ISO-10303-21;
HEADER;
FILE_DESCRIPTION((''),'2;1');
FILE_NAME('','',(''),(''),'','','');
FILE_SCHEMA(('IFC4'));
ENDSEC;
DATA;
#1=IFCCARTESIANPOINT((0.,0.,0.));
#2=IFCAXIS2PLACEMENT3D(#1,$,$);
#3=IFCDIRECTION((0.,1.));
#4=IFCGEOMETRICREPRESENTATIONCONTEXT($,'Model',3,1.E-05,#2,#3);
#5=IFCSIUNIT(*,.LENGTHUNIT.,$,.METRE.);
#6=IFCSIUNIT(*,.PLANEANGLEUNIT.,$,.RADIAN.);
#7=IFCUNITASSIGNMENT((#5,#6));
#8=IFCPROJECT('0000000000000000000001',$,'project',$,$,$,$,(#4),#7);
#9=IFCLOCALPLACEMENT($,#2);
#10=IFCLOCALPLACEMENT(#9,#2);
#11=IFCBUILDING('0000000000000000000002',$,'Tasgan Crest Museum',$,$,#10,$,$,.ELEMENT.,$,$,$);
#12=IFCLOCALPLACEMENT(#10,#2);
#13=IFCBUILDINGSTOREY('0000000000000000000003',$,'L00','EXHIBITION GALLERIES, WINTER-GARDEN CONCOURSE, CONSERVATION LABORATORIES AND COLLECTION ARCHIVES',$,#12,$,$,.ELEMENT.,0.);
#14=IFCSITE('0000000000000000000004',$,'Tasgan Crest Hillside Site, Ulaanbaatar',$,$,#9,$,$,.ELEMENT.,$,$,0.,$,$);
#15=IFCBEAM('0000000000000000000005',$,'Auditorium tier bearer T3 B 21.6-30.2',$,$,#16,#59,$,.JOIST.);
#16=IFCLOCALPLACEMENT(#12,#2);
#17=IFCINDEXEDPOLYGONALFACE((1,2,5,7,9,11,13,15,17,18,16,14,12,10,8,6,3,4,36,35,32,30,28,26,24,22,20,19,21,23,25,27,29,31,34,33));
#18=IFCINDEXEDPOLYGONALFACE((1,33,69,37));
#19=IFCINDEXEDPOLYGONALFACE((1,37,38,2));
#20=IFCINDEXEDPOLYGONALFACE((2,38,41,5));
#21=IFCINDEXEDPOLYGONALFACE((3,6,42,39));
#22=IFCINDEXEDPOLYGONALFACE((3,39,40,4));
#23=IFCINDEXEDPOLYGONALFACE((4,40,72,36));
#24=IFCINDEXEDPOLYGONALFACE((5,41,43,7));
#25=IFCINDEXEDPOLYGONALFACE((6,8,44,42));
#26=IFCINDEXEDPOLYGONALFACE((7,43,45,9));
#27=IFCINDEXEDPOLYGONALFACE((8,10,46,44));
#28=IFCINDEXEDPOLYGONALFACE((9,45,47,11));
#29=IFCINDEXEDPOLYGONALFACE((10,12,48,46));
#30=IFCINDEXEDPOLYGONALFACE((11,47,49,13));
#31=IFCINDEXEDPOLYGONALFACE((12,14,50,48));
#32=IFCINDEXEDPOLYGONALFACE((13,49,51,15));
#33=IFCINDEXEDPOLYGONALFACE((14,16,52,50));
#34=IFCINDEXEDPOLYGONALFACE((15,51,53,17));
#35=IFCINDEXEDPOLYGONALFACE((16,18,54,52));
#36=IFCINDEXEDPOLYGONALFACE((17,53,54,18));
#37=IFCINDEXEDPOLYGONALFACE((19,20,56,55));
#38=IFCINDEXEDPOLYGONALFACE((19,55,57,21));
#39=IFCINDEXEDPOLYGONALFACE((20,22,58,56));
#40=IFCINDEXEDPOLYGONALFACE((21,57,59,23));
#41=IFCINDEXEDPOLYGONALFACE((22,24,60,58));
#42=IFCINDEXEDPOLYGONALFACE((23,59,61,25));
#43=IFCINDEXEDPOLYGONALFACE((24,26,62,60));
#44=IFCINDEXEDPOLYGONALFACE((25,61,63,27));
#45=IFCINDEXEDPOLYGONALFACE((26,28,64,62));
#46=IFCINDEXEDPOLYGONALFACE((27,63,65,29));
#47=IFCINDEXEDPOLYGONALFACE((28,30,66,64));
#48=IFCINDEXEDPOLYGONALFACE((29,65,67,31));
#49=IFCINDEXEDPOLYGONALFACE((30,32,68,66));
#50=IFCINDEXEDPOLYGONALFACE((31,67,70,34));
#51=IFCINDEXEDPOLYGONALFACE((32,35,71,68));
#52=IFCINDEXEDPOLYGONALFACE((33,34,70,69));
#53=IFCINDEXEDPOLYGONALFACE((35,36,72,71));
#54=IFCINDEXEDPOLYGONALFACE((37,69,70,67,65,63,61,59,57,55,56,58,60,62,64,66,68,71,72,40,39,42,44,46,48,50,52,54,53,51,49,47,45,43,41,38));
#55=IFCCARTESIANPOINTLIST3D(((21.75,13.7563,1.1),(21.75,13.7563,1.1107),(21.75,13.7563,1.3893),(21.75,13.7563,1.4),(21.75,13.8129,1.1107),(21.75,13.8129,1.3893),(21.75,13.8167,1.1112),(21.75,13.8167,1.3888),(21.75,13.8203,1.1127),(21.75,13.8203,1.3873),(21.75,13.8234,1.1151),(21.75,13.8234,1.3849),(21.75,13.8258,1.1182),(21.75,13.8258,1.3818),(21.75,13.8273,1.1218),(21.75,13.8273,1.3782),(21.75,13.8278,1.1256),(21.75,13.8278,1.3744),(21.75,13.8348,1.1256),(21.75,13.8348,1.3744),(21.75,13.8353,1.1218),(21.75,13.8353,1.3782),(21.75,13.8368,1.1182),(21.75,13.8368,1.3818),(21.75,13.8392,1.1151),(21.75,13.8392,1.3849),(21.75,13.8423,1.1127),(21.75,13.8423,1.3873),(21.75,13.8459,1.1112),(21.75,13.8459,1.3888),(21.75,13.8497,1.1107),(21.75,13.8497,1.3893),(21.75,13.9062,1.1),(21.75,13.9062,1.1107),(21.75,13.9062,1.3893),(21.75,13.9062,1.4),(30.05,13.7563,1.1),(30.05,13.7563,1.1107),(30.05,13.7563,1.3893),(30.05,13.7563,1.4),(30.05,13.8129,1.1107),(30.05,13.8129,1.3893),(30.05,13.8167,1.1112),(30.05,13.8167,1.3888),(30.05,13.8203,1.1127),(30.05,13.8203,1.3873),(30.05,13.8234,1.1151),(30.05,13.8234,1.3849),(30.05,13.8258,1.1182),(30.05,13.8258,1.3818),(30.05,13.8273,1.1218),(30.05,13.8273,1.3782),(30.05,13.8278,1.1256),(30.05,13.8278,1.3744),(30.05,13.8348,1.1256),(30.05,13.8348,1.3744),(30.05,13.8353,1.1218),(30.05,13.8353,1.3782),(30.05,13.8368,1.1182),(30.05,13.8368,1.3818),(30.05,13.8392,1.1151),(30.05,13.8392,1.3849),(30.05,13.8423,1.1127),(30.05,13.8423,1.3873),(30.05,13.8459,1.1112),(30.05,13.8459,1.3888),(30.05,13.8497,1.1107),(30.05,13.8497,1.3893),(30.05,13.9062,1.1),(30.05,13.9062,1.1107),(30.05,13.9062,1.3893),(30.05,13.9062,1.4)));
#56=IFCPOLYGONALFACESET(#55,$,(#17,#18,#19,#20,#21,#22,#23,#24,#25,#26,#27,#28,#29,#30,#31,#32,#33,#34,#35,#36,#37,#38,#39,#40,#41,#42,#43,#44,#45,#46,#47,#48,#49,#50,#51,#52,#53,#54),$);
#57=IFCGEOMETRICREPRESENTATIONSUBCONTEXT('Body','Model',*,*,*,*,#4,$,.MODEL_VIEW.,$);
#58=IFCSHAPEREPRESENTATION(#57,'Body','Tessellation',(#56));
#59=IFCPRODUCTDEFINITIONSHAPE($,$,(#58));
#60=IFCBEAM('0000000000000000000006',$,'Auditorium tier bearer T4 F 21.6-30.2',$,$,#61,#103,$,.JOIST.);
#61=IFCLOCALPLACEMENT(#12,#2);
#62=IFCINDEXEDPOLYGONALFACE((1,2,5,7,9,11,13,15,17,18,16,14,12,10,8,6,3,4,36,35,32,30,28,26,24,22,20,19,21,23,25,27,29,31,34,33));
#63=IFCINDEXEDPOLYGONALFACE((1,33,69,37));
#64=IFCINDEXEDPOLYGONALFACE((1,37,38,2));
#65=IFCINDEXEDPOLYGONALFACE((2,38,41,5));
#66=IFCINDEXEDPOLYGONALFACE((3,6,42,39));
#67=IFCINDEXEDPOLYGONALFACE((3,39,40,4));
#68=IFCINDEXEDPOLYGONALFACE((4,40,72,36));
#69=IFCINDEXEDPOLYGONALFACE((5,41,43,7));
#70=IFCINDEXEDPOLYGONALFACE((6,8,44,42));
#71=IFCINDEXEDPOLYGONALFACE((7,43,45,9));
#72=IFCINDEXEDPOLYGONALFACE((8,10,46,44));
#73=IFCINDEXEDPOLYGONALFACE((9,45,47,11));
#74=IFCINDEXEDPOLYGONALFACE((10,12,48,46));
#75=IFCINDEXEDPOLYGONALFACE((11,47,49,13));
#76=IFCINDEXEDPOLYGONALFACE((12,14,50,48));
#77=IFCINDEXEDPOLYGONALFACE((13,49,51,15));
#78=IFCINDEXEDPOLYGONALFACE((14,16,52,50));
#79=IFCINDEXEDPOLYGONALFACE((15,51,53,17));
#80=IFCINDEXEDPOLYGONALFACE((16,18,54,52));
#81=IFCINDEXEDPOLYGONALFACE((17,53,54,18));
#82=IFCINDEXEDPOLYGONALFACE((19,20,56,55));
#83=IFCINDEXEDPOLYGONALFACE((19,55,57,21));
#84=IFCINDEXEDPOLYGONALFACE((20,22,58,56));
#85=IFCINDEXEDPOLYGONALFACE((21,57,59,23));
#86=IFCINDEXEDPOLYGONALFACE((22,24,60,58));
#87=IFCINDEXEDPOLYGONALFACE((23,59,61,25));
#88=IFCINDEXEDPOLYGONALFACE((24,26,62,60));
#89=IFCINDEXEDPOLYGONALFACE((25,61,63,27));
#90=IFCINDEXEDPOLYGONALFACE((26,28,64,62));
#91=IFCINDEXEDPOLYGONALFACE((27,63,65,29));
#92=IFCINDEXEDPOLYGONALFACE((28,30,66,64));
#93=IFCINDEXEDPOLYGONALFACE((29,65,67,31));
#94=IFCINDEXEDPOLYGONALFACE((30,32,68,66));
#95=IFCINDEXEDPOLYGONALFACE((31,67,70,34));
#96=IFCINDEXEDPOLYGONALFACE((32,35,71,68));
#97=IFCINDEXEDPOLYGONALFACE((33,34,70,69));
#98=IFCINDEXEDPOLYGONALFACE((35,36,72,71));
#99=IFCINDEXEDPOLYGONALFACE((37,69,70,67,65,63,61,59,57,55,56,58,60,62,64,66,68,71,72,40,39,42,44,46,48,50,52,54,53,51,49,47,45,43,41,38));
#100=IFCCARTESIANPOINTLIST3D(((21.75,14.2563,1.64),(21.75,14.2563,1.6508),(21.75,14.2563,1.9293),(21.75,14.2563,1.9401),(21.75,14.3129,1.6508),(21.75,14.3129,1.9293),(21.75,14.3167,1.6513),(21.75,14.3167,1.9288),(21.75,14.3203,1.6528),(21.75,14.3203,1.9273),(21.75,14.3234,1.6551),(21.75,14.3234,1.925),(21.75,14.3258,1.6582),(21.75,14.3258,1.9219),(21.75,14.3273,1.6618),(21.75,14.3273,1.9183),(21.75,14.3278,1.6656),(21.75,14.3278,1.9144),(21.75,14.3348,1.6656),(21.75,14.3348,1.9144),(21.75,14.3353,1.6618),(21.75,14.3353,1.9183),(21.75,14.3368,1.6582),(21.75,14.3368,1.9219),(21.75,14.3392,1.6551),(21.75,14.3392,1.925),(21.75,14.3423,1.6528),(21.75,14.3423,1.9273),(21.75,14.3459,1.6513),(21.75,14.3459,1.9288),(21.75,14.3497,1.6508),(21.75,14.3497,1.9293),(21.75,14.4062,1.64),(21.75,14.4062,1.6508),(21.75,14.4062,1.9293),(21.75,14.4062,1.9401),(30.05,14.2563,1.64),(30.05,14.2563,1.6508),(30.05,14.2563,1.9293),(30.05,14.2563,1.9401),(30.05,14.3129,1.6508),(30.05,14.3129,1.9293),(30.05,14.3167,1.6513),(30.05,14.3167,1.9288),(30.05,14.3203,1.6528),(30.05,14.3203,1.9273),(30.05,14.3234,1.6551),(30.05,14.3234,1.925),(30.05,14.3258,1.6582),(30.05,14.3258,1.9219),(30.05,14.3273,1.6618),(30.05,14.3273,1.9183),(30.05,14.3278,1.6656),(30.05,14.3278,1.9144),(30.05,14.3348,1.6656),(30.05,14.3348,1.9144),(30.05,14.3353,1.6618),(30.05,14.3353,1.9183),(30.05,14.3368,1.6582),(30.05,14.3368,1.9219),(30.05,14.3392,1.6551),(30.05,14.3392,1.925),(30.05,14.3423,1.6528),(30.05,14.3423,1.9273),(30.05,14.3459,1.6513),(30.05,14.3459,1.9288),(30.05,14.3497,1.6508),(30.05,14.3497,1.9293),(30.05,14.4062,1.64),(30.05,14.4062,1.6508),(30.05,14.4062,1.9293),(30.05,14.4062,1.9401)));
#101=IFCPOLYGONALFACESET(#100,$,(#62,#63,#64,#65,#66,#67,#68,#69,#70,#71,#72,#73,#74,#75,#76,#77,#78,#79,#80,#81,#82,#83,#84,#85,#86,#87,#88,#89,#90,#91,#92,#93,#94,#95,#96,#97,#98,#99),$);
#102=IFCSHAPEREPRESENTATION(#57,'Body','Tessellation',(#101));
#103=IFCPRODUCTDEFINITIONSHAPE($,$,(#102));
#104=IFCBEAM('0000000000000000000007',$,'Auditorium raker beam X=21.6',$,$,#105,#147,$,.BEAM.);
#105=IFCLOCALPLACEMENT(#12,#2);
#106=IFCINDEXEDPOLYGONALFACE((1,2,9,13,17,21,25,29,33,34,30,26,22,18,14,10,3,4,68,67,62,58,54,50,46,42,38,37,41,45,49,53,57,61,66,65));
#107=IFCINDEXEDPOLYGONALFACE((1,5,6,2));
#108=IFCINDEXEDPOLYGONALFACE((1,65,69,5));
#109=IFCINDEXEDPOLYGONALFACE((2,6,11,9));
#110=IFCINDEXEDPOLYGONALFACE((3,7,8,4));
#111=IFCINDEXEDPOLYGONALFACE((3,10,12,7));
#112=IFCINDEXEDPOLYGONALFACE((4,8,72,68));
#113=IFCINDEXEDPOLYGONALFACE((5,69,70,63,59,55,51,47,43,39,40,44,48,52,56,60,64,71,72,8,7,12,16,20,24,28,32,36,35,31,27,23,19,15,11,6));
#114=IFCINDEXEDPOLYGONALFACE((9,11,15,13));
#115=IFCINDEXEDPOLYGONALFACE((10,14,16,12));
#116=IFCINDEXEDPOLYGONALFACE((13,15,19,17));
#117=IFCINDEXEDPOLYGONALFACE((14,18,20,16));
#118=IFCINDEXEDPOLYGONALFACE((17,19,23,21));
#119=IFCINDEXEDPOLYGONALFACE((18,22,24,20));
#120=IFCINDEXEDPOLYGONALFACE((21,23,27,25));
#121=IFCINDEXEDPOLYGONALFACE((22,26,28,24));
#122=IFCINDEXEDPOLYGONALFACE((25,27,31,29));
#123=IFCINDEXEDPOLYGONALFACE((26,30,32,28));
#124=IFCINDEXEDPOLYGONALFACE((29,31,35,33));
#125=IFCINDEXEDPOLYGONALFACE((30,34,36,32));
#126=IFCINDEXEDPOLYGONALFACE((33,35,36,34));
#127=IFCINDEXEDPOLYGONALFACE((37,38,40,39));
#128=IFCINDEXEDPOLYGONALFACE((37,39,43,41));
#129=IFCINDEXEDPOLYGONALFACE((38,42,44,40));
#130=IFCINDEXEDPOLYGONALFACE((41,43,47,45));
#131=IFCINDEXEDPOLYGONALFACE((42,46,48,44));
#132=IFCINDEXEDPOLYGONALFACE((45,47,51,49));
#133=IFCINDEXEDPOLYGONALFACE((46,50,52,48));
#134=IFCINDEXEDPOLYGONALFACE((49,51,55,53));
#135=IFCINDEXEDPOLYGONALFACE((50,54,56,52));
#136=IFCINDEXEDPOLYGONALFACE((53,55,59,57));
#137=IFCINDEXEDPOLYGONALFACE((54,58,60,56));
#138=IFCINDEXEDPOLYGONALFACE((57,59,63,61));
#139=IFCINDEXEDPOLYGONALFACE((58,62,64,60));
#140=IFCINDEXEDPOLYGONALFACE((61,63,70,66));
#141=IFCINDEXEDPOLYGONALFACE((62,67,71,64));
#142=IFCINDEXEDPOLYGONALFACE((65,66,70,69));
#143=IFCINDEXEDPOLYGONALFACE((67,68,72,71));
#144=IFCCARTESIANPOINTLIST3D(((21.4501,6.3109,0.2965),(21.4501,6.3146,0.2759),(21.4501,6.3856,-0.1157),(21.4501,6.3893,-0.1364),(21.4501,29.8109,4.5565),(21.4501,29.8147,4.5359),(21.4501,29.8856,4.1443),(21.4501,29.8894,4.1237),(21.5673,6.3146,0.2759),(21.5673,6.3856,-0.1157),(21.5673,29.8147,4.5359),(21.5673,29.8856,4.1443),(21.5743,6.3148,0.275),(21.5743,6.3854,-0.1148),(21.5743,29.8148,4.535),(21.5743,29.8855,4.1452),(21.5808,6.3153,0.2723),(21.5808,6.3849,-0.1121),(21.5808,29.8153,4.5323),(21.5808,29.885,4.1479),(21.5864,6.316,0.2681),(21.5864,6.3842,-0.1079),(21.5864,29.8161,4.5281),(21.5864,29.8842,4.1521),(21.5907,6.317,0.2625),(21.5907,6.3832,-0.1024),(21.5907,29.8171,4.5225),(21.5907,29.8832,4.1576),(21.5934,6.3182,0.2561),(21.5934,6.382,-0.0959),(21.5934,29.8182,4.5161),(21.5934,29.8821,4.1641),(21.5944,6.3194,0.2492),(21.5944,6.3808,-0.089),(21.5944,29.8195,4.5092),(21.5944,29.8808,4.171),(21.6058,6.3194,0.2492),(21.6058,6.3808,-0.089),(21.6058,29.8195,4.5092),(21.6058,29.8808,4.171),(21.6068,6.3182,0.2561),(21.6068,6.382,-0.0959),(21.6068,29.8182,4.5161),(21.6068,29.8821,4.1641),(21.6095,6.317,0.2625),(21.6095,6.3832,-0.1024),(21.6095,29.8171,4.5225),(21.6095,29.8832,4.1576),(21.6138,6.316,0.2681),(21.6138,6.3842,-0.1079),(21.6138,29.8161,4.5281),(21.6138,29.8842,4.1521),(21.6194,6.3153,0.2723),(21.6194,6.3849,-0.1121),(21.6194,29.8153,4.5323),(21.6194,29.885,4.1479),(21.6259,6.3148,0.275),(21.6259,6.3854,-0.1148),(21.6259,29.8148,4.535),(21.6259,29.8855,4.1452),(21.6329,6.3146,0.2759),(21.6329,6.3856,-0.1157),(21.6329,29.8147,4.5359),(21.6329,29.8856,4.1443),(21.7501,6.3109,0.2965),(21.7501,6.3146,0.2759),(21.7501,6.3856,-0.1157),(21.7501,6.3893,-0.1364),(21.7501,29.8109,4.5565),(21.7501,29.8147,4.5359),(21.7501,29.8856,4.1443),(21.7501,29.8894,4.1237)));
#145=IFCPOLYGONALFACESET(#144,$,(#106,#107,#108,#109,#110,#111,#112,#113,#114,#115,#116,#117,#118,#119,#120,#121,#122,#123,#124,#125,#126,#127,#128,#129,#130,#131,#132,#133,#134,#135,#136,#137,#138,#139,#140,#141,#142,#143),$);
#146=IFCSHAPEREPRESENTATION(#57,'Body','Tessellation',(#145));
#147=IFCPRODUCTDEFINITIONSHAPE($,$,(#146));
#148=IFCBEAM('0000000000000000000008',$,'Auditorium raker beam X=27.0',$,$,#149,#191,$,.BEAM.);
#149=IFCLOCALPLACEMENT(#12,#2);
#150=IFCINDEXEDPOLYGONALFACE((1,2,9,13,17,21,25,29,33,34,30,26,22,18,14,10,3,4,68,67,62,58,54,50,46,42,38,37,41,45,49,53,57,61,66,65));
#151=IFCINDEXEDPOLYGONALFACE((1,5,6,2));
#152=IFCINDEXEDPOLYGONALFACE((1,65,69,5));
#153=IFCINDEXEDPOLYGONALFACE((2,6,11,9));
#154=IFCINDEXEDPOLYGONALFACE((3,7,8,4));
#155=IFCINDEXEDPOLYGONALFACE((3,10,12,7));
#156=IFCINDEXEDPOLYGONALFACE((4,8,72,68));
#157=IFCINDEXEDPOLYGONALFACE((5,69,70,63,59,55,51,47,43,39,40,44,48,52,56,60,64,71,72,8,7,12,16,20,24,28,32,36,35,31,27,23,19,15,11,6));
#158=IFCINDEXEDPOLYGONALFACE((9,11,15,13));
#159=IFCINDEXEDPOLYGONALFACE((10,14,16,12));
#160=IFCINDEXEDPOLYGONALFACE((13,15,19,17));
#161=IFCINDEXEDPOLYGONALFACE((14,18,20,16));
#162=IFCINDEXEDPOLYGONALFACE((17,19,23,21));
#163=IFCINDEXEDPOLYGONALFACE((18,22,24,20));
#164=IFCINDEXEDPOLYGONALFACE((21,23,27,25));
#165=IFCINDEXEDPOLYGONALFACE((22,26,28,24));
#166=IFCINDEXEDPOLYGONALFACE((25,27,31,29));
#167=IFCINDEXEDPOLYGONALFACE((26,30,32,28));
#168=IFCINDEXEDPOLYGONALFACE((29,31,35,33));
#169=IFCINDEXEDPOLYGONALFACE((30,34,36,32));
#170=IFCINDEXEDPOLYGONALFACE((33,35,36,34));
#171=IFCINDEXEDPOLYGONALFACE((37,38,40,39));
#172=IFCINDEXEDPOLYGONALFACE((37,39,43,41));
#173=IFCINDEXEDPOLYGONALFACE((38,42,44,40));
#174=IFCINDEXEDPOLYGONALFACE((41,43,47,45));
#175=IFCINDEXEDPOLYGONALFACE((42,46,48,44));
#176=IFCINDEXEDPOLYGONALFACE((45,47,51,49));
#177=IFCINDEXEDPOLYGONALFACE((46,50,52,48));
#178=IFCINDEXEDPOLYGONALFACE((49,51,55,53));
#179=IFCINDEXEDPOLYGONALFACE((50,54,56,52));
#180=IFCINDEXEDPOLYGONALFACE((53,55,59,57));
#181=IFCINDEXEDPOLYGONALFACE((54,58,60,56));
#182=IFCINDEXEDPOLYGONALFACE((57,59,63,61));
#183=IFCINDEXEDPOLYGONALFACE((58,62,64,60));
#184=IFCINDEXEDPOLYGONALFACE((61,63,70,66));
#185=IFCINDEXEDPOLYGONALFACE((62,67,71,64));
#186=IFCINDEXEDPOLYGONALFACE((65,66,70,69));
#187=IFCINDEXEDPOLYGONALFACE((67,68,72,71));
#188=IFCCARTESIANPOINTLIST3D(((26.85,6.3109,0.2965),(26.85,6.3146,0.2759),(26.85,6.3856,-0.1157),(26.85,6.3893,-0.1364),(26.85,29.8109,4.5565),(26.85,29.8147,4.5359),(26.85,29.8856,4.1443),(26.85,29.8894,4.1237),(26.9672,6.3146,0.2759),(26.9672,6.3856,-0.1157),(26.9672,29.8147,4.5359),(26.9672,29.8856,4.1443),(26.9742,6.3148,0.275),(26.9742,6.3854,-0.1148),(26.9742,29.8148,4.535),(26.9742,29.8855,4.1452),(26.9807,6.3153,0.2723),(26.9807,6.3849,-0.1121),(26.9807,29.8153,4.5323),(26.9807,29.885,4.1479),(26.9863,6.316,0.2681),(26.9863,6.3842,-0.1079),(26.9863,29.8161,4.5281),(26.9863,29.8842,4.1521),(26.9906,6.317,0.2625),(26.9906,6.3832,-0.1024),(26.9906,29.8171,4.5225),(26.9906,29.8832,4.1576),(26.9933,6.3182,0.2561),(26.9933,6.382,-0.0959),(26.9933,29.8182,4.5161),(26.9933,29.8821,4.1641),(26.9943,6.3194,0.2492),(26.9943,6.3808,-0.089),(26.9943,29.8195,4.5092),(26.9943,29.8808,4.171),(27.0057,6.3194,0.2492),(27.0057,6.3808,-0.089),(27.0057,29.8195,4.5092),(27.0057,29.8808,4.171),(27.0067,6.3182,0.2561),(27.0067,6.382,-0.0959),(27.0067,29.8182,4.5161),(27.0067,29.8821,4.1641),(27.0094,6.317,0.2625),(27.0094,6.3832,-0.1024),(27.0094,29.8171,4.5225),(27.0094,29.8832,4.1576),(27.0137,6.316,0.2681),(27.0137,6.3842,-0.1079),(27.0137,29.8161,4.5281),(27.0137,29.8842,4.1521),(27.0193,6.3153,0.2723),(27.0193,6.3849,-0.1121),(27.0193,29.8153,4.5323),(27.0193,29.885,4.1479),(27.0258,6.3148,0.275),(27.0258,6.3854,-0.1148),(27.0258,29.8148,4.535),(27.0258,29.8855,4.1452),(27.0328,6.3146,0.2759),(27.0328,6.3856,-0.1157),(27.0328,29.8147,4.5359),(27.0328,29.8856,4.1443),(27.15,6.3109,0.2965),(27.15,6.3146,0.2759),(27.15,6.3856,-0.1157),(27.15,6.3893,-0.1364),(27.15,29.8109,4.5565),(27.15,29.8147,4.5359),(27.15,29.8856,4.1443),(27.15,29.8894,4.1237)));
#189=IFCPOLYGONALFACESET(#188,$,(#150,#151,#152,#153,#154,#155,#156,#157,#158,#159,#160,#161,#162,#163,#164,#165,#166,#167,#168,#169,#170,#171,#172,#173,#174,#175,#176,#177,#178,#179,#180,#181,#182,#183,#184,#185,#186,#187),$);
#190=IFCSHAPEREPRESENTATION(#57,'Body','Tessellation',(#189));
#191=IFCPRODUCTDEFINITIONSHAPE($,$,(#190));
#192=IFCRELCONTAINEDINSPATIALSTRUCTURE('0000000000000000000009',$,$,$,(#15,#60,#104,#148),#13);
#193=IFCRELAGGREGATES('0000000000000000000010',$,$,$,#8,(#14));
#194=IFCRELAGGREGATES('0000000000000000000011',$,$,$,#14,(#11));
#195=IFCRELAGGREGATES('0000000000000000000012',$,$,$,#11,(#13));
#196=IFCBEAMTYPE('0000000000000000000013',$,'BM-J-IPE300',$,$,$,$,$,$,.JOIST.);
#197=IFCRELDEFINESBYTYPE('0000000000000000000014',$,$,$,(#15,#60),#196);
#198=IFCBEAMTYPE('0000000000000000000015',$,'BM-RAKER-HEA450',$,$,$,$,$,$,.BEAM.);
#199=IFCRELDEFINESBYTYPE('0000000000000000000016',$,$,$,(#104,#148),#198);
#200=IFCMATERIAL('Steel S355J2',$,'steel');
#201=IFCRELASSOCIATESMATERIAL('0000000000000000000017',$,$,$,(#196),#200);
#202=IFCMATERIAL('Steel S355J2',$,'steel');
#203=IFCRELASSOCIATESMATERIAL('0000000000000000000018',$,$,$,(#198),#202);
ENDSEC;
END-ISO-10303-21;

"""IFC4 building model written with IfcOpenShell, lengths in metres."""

from ifc_helpers import new_model, si_unit, direction, frame, origin, origin_2d, place, context, subcontext, project, spatial, i_section, extrude, material, material_profile, profile_set, type_object, element, save


model = new_model("IFC4")

# Units and contexts
model_context = context("Model", 3, precision=1e-05, world=origin(), true_north=direction((0.0, 1.0)))
body_context = subcontext(model_context, "Body", "Model", "MODEL_VIEW")
ifc_project = project(units=[si_unit("LENGTHUNIT", "METRE"), si_unit("PLANEANGLEUNIT", "RADIAN")], contexts=[model_context])

# Site, building, storey
site_placement = place(None, origin())
site = spatial("IfcSite", under=ifc_project, at=site_placement, Name="Tasgan Crest Hillside Site, Ulaanbaatar", CompositionType="ELEMENT", RefElevation=0.0)
building_placement = place(site_placement, origin())
building = spatial("IfcBuilding", under=site, at=building_placement, Name="Tasgan Crest Museum", CompositionType="ELEMENT")
storey_placement = place(building_placement, origin())
storey = spatial("IfcBuildingStorey", under=building, at=storey_placement, Name="L00", Description="EXHIBITION GALLERIES, WINTER-GARDEN CONCOURSE, CONSERVATION LABORATORIES AND COLLECTION ARCHIVES", CompositionType="ELEMENT", Elevation=0.0)

# Beams
ifc_material_1 = material(Name="Steel S355J2", Category="steel")
ifc_material_profile_1 = material_profile(ifc_material_1, i_section(OverallWidth=0.1499, OverallDepth=0.3, WebThickness=0.0071, FlangeThickness=0.0107, FilletRadius=0.0149, at=origin_2d()), Name="IPE 300")
ifc_profile_set_1 = profile_set([ifc_material_profile_1], Name="Steel S355J2")
beam_type_1 = type_object("IfcBeamType", Name="BM-J-IPE300", PredefinedType="JOIST", material=ifc_profile_set_1)
for number, where, z_axis, x_axis, name in (
    (1, (21.75, 13.8313, 1.25), (1.0, 0.0, 0.0), (0.0, 1.0, 0.0), "Auditorium tier bearer T3 B 21.6-30.2"),
    (2, (21.75, 14.3313, 1.79), (1.0, 0.0, 0.0), (0.0, 1.0, 0.0), "Auditorium tier bearer T4 F 21.6-30.2"),
):
    element("IfcBeam", number, at=place(storey_placement, frame(where, z_axis=z_axis, x_axis=x_axis)), inside=storey, type_object=beam_type_1, Name=name, PredefinedType="JOIST", context=body_context, shape_type="SweptSolid", body=[
        extrude(i_section(OverallWidth=0.1499, OverallDepth=0.3, WebThickness=0.0071, FlangeThickness=0.0107, FilletRadius=0.0149, at=origin_2d()), origin(), (0.0, 0.0, 1.0), 8.3),
    ])
ifc_material_2 = material(Name="Steel S355J2", Category="steel")
ifc_material_profile_2 = material_profile(ifc_material_2, i_section(OverallWidth=0.3, OverallDepth=0.4399, WebThickness=0.0115, FlangeThickness=0.021, FilletRadius=0.0271, at=origin_2d()), Name="HEA 450")
ifc_profile_set_2 = profile_set([ifc_material_profile_2], Name="Steel S355J2")
beam_type_2 = type_object("IfcBeamType", Name="BM-RAKER-HEA450", PredefinedType="BEAM", material=ifc_profile_set_2)
for number, where, z_axis, x_axis, name in (
    (3, (21.6001, 6.3501, 0.0801), (0.0, 0.983963, 0.17837), (-1.0, 0.0, 0.0), "Auditorium raker beam X=21.6"),
    (4, (27.0, 6.3501, 0.0801), (0.0, 0.983963, 0.17837), (-1.0, 0.0, 0.0), "Auditorium raker beam X=27.0"),
):
    element("IfcBeam", number, at=place(storey_placement, frame(where, z_axis=z_axis, x_axis=x_axis)), inside=storey, type_object=beam_type_2, Name=name, PredefinedType="BEAM", context=body_context, shape_type="SweptSolid", body=[
        extrude(i_section(OverallWidth=0.3, OverallDepth=0.4399, WebThickness=0.0115, FlangeThickness=0.021, FilletRadius=0.0271, at=origin_2d()), origin(), (0.0, 0.0, 1.0), 23.8831),
    ])

save(model, "model.ifc")
